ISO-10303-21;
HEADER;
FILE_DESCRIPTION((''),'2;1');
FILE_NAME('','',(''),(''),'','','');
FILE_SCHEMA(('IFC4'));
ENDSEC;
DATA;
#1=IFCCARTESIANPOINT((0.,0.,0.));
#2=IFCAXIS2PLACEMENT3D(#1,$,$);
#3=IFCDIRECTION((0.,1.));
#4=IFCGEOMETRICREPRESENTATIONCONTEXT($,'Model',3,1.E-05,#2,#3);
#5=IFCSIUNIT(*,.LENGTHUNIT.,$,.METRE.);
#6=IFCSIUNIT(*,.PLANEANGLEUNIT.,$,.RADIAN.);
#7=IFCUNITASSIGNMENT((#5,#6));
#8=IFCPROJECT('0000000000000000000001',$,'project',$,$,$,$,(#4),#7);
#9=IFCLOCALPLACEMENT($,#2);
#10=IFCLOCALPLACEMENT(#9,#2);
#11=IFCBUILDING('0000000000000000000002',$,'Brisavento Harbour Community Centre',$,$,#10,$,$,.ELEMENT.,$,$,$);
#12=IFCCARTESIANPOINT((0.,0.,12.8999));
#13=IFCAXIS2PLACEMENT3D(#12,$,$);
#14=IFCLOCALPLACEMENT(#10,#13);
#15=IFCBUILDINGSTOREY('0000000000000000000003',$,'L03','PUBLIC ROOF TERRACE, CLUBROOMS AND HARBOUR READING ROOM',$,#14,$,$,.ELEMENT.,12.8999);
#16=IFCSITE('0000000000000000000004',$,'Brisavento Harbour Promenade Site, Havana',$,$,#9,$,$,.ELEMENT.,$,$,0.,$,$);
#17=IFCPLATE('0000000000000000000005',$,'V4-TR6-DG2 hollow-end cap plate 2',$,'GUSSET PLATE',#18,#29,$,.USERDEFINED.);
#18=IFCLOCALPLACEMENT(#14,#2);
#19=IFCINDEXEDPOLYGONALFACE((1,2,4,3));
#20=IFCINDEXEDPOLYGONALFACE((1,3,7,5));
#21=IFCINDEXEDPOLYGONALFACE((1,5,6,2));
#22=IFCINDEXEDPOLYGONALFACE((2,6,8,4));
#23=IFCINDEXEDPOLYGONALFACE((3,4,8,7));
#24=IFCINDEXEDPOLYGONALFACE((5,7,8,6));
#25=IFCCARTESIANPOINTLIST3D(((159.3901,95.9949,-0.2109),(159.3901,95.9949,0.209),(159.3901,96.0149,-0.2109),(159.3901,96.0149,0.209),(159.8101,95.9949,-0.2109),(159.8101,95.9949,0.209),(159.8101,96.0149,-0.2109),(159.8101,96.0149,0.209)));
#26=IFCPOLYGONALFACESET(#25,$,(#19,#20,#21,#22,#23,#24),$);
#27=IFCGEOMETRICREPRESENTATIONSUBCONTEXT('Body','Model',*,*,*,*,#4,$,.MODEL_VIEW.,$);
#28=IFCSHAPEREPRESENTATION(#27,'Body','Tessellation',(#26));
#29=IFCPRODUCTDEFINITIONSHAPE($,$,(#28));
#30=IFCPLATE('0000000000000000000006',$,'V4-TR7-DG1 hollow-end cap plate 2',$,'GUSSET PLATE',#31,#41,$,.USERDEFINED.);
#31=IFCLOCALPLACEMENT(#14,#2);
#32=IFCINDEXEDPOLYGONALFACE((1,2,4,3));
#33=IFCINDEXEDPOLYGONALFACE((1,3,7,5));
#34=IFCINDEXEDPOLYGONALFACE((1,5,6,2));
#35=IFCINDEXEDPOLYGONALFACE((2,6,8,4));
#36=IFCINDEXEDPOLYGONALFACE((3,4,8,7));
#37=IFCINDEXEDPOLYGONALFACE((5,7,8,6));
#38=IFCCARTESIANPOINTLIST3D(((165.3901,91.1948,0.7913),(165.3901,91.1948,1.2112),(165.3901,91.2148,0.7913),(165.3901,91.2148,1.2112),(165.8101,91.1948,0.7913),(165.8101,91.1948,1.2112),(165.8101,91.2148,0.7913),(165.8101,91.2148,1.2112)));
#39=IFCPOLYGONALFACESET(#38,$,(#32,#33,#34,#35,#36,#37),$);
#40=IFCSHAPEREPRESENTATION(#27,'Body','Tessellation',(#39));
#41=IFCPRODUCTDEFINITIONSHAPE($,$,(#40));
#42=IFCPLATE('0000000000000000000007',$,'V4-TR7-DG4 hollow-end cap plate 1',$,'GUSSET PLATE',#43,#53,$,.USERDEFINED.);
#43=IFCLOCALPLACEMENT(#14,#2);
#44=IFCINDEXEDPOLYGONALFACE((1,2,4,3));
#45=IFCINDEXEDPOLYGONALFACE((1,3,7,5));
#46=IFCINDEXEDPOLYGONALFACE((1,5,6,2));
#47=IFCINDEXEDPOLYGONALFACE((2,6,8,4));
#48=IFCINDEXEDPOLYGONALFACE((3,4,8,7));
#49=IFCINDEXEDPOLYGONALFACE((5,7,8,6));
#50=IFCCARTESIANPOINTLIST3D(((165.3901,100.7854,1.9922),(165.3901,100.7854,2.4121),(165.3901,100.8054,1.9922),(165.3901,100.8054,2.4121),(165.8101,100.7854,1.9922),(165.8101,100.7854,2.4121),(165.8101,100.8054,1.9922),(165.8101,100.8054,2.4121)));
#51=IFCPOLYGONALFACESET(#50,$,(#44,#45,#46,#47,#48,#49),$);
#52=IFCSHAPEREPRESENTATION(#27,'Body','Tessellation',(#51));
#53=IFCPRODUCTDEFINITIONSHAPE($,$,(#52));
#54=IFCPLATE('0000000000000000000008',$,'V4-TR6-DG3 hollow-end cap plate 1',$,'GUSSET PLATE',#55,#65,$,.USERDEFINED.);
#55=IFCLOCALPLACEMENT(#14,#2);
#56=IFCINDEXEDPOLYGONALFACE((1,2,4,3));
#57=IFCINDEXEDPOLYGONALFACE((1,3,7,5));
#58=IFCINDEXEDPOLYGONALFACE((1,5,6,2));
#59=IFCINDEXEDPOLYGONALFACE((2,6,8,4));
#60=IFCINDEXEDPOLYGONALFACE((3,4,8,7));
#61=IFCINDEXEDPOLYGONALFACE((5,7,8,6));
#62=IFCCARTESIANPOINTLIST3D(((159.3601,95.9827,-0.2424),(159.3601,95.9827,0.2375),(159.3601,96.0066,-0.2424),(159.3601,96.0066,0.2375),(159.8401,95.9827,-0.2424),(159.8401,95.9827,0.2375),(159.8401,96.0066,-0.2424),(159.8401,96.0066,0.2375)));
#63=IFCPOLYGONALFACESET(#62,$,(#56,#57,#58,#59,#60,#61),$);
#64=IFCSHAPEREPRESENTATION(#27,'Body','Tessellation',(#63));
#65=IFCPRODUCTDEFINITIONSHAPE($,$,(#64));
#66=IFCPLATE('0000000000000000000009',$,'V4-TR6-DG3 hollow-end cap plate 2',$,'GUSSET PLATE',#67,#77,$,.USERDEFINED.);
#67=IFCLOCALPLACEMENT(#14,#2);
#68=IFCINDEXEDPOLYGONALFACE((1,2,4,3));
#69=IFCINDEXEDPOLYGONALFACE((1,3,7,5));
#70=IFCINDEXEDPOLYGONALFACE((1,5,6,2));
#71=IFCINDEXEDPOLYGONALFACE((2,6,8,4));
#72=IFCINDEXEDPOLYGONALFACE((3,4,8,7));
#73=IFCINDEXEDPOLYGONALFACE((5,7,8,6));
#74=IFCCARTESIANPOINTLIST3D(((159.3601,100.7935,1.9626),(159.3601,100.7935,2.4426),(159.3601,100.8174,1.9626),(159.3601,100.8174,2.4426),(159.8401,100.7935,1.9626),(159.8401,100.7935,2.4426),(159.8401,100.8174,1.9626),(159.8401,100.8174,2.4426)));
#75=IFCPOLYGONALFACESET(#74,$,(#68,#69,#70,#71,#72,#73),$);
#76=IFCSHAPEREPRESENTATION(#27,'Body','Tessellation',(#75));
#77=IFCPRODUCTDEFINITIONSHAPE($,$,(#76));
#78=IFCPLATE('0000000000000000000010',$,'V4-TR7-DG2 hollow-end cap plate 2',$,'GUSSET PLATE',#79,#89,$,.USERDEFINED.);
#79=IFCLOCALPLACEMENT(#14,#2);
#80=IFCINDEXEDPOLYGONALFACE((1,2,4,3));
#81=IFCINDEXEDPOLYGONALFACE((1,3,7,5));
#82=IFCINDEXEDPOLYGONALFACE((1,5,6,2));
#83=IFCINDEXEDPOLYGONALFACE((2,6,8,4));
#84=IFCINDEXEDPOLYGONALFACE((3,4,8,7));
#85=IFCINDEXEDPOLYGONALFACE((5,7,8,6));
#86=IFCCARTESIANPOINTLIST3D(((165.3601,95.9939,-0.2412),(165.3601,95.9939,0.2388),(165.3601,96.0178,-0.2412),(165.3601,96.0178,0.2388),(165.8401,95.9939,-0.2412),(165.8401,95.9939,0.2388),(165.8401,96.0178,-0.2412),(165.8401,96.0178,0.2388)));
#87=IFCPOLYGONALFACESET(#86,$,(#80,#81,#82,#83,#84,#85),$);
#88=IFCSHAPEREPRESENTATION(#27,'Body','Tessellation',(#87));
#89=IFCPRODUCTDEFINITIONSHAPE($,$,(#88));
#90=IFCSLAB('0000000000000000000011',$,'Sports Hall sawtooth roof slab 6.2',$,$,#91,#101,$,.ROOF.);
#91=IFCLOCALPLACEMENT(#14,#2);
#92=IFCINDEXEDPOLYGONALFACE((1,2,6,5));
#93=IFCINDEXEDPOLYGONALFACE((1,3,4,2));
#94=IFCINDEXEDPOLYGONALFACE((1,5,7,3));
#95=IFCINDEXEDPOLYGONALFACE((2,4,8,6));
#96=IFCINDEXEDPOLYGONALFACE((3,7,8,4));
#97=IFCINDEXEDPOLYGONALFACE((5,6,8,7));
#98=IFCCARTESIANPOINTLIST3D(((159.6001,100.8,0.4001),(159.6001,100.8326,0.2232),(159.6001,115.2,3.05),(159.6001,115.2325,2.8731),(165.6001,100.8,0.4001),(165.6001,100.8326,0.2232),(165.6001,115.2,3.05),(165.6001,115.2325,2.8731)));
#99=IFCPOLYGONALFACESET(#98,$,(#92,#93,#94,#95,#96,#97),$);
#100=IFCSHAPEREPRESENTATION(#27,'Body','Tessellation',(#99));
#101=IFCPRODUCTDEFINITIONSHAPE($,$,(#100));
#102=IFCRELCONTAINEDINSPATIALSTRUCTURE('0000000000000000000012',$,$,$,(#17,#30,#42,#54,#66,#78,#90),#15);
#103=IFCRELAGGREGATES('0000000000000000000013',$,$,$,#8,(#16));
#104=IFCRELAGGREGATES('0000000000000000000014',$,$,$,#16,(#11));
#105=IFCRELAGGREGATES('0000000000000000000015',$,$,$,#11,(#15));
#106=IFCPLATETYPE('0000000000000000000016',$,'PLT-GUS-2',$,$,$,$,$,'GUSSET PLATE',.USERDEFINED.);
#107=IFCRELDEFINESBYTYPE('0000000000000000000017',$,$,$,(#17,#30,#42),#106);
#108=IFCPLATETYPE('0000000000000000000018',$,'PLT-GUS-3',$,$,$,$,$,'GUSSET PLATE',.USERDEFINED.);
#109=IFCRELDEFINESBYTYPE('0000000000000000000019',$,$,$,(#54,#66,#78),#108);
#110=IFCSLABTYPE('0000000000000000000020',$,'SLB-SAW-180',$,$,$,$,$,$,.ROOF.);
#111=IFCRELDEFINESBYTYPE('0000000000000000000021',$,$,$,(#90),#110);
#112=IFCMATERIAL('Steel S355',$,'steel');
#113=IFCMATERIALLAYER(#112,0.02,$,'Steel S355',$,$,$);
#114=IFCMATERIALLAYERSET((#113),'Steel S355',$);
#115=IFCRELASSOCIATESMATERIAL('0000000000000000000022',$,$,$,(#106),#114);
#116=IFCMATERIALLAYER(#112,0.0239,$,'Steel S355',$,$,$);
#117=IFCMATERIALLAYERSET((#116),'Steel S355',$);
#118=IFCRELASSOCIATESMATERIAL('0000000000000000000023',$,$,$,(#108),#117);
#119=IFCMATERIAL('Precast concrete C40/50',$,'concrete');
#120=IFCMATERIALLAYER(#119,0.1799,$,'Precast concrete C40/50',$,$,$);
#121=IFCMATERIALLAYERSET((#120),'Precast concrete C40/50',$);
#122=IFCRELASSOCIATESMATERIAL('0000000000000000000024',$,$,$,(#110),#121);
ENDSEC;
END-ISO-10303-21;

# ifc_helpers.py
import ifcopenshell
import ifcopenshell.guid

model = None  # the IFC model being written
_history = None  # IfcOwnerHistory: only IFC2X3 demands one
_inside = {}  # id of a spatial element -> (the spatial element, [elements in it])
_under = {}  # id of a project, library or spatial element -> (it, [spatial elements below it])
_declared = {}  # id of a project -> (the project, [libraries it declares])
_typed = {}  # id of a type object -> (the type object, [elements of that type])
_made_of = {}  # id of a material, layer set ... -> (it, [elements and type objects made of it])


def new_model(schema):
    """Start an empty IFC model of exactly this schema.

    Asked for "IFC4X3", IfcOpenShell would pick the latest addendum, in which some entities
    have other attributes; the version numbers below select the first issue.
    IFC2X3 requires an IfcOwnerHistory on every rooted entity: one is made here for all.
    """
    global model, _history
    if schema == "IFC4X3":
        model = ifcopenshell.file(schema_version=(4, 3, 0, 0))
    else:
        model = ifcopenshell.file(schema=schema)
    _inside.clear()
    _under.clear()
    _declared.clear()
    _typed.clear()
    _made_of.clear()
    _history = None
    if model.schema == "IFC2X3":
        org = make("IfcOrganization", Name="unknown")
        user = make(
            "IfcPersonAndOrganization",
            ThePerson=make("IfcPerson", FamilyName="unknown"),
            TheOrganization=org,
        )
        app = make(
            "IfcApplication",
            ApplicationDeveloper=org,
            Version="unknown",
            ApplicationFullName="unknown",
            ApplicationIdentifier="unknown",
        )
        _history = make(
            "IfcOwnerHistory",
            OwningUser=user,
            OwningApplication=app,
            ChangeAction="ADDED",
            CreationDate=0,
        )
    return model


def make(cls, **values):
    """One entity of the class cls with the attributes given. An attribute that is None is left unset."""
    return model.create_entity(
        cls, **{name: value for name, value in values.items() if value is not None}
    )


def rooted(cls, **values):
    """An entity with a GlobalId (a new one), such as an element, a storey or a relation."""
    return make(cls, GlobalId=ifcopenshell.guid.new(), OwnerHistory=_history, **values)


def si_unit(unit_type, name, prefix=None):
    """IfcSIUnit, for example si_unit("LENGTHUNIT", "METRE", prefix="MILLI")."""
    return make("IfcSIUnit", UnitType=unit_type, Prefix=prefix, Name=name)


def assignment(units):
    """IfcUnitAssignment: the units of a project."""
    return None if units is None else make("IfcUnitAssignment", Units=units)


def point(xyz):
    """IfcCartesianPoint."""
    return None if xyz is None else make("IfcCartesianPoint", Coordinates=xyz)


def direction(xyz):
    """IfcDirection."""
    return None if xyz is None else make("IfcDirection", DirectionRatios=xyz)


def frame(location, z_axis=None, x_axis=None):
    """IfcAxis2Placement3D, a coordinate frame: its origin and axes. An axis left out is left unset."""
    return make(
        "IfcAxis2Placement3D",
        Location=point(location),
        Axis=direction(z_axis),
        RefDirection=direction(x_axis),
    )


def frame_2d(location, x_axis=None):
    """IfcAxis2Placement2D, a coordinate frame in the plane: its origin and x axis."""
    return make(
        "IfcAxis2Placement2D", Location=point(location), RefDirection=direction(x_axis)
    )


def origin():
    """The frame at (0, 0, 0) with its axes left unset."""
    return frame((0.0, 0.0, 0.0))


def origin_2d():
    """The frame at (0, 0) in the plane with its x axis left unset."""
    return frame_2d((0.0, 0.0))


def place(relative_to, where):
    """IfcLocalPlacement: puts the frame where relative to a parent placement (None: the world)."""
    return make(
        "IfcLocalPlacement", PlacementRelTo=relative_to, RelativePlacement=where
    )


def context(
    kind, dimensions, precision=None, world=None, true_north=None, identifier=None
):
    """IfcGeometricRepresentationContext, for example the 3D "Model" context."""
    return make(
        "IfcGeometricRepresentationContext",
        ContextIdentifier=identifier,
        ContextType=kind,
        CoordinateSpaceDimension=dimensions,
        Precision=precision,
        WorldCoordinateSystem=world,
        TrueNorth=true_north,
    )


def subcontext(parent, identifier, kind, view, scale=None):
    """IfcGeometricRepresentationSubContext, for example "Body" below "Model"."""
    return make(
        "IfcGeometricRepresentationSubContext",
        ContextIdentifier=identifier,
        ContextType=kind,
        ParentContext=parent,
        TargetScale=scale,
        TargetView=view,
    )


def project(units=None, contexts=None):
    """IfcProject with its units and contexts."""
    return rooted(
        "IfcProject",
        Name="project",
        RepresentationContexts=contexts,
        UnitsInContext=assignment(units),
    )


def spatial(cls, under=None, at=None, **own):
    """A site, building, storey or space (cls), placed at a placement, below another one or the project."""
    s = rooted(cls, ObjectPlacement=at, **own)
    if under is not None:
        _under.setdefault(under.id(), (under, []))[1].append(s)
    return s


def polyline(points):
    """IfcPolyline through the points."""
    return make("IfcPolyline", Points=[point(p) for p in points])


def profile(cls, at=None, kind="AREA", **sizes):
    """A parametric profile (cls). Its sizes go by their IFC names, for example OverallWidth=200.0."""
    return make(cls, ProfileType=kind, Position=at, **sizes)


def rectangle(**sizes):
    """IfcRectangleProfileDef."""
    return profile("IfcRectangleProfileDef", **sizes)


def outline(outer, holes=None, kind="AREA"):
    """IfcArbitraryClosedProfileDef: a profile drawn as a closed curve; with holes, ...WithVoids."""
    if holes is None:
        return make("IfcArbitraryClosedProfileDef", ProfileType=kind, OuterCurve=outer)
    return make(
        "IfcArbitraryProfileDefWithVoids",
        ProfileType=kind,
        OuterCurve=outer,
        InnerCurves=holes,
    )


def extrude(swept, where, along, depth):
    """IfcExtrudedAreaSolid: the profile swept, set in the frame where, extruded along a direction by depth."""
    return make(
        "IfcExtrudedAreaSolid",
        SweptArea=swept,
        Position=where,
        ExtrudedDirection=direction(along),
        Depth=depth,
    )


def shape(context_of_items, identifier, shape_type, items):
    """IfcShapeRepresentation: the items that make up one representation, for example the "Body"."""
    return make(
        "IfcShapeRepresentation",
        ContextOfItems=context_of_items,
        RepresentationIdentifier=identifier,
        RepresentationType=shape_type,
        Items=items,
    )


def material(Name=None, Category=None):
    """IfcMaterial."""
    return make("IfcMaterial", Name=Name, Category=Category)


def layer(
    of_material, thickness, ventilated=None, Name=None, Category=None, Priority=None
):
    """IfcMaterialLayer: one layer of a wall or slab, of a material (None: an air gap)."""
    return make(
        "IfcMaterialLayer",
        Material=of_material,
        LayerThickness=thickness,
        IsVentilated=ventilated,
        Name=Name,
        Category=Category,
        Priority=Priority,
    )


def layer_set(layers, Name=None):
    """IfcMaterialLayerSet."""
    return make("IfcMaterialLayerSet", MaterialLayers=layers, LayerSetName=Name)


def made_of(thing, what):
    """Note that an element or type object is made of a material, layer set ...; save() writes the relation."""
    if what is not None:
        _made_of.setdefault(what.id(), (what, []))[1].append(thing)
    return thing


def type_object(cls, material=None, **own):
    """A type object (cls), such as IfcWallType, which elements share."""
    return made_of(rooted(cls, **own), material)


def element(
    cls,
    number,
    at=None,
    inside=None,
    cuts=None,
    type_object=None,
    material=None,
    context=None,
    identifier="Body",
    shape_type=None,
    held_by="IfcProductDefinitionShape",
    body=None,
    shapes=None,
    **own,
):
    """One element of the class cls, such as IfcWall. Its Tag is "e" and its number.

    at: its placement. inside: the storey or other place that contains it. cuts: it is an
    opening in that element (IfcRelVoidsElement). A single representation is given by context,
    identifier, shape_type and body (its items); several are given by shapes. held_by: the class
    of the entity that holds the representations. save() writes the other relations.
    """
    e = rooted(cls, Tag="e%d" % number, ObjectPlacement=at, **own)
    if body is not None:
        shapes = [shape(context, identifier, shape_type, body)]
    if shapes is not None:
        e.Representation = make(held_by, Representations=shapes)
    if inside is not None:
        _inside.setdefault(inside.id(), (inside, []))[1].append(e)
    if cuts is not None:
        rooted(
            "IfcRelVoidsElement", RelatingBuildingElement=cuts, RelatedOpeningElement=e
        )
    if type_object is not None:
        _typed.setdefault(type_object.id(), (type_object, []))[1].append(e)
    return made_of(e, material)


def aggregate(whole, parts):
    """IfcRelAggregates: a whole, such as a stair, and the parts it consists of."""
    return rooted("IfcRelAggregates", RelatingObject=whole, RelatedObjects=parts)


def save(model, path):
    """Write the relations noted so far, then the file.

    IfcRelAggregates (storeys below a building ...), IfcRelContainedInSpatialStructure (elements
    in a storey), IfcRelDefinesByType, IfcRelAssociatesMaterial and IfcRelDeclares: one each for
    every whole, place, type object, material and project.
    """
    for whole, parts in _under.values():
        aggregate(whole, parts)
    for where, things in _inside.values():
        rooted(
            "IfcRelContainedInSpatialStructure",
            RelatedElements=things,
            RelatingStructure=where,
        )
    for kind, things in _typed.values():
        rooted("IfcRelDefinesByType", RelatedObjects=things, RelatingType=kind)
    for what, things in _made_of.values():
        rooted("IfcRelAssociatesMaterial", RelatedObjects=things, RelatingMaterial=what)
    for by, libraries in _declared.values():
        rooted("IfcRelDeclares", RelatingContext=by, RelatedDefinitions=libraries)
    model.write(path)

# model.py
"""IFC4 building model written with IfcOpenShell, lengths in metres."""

from ifc_helpers import new_model, si_unit, direction, frame, origin, origin_2d, place, context, subcontext, project, spatial, polyline, rectangle, outline, extrude, material, layer, layer_set, type_object, element, save


model = new_model("IFC4")

# Units and contexts
model_context = context("Model", 3, precision=1e-05, world=origin(), true_north=direction((0.0, 1.0)))
body_context = subcontext(model_context, "Body", "Model", "MODEL_VIEW")
ifc_project = project(units=[si_unit("LENGTHUNIT", "METRE"), si_unit("PLANEANGLEUNIT", "RADIAN")], contexts=[model_context])

# Site, building, storey
site_placement = place(None, origin())
site = spatial("IfcSite", under=ifc_project, at=site_placement, Name="Brisavento Harbour Promenade Site, Havana", CompositionType="ELEMENT", RefElevation=0.0)
building_placement = place(site_placement, origin())
building = spatial("IfcBuilding", under=site, at=building_placement, Name="Brisavento Harbour Community Centre", CompositionType="ELEMENT")
storey_placement = place(building_placement, frame((0.0, 0.0, 12.8999)))
storey = spatial("IfcBuildingStorey", under=building, at=storey_placement, Name="L03", Description="PUBLIC ROOF TERRACE, CLUBROOMS AND HARBOUR READING ROOM", CompositionType="ELEMENT", Elevation=12.8999)

# Shared definitions
ifc_material_1 = material(Name="Steel S355", Category="steel")

# Plates
ifc_layer_1 = layer(ifc_material_1, 0.02, Name="Steel S355")
ifc_layer_set_1 = layer_set([ifc_layer_1], Name="Steel S355")
plate_type_1 = type_object("IfcPlateType", Name="PLT-GUS-2", ElementType="GUSSET PLATE", PredefinedType="USERDEFINED", material=ifc_layer_set_1)
for number, where, z_axis, x_axis, name in (
    (1, (159.6001, 96.0049, -0.2109), (0.0, 0.0, 1.0), (0.0, 1.0, 0.0), "V4-TR6-DG2 hollow-end cap plate 2"),
    (2, (165.6001, 91.2048, 0.7913), (0.0, 0.0, 1.0), (0.0, 1.0, 0.0), "V4-TR7-DG1 hollow-end cap plate 2"),
    (3, (165.6001, 100.7954, 1.9922), (0.0, 0.0, 1.0), (0.0, 1.0, 0.0), "V4-TR7-DG4 hollow-end cap plate 1"),
):
    element("IfcPlate", number, at=place(storey_placement, frame(where, z_axis=z_axis, x_axis=x_axis)), inside=storey, type_object=plate_type_1, Name=name, ObjectType="GUSSET PLATE", PredefinedType="USERDEFINED", context=body_context, shape_type="SweptSolid", body=[
        extrude(rectangle(XDim=0.02, YDim=0.4199, at=origin_2d()), origin(), (0.0, 0.0, 1.0), 0.4199),
    ])
ifc_layer_2 = layer(ifc_material_1, 0.0239, Name="Steel S355")
ifc_layer_set_2 = layer_set([ifc_layer_2], Name="Steel S355")
plate_type_2 = type_object("IfcPlateType", Name="PLT-GUS-3", ElementType="GUSSET PLATE", PredefinedType="USERDEFINED", material=ifc_layer_set_2)
for number, where, z_axis, x_axis, name in (
    (4, (159.6001, 95.9946, -0.2424), (0.0, 0.0, 1.0), (0.0, 1.0, 0.0), "V4-TR6-DG3 hollow-end cap plate 1"),
    (5, (159.6001, 100.8054, 1.9626), (0.0, 0.0, 1.0), (0.0, 1.0, 0.0), "V4-TR6-DG3 hollow-end cap plate 2"),
    (6, (165.6001, 96.0059, -0.2412), (0.0, 0.0, 1.0), (0.0, 1.0, 0.0), "V4-TR7-DG2 hollow-end cap plate 2"),
):
    element("IfcPlate", number, at=place(storey_placement, frame(where, z_axis=z_axis, x_axis=x_axis)), inside=storey, type_object=plate_type_2, Name=name, ObjectType="GUSSET PLATE", PredefinedType="USERDEFINED", context=body_context, shape_type="SweptSolid", body=[
        extrude(rectangle(XDim=0.0239, YDim=0.48, at=origin_2d()), origin(), (0.0, 0.0, 1.0), 0.48),
    ])

# Slab
ifc_material_2 = material(Name="Precast concrete C40/50", Category="concrete")
ifc_layer_3 = layer(ifc_material_2, 0.1799, Name="Precast concrete C40/50")
ifc_layer_set_3 = layer_set([ifc_layer_3], Name="Precast concrete C40/50")
slab_type = type_object("IfcSlabType", Name="SLB-SAW-180", PredefinedType="ROOF", material=ifc_layer_set_3)
slab_placement = place(storey_placement, frame((159.6001, 100.8, 0.4001), z_axis=(0.0, -0.180983, 0.983486), x_axis=(1.0, 0.0, 0.0)))
element("IfcSlab", 7, at=slab_placement, inside=storey, type_object=slab_type, Name="Sports Hall sawtooth roof slab 6.2", PredefinedType="ROOF", context=body_context, shape_type="SweptSolid", body=[
    extrude(outline(polyline([(0.0, 0.0), (6.0, 0.0), (6.0, 14.6417), (0.0, 14.6417), (0.0, 0.0)])), origin(), (0.0, 0.0, -1.0), 0.1799),
])

save(model, "model.ifc")
